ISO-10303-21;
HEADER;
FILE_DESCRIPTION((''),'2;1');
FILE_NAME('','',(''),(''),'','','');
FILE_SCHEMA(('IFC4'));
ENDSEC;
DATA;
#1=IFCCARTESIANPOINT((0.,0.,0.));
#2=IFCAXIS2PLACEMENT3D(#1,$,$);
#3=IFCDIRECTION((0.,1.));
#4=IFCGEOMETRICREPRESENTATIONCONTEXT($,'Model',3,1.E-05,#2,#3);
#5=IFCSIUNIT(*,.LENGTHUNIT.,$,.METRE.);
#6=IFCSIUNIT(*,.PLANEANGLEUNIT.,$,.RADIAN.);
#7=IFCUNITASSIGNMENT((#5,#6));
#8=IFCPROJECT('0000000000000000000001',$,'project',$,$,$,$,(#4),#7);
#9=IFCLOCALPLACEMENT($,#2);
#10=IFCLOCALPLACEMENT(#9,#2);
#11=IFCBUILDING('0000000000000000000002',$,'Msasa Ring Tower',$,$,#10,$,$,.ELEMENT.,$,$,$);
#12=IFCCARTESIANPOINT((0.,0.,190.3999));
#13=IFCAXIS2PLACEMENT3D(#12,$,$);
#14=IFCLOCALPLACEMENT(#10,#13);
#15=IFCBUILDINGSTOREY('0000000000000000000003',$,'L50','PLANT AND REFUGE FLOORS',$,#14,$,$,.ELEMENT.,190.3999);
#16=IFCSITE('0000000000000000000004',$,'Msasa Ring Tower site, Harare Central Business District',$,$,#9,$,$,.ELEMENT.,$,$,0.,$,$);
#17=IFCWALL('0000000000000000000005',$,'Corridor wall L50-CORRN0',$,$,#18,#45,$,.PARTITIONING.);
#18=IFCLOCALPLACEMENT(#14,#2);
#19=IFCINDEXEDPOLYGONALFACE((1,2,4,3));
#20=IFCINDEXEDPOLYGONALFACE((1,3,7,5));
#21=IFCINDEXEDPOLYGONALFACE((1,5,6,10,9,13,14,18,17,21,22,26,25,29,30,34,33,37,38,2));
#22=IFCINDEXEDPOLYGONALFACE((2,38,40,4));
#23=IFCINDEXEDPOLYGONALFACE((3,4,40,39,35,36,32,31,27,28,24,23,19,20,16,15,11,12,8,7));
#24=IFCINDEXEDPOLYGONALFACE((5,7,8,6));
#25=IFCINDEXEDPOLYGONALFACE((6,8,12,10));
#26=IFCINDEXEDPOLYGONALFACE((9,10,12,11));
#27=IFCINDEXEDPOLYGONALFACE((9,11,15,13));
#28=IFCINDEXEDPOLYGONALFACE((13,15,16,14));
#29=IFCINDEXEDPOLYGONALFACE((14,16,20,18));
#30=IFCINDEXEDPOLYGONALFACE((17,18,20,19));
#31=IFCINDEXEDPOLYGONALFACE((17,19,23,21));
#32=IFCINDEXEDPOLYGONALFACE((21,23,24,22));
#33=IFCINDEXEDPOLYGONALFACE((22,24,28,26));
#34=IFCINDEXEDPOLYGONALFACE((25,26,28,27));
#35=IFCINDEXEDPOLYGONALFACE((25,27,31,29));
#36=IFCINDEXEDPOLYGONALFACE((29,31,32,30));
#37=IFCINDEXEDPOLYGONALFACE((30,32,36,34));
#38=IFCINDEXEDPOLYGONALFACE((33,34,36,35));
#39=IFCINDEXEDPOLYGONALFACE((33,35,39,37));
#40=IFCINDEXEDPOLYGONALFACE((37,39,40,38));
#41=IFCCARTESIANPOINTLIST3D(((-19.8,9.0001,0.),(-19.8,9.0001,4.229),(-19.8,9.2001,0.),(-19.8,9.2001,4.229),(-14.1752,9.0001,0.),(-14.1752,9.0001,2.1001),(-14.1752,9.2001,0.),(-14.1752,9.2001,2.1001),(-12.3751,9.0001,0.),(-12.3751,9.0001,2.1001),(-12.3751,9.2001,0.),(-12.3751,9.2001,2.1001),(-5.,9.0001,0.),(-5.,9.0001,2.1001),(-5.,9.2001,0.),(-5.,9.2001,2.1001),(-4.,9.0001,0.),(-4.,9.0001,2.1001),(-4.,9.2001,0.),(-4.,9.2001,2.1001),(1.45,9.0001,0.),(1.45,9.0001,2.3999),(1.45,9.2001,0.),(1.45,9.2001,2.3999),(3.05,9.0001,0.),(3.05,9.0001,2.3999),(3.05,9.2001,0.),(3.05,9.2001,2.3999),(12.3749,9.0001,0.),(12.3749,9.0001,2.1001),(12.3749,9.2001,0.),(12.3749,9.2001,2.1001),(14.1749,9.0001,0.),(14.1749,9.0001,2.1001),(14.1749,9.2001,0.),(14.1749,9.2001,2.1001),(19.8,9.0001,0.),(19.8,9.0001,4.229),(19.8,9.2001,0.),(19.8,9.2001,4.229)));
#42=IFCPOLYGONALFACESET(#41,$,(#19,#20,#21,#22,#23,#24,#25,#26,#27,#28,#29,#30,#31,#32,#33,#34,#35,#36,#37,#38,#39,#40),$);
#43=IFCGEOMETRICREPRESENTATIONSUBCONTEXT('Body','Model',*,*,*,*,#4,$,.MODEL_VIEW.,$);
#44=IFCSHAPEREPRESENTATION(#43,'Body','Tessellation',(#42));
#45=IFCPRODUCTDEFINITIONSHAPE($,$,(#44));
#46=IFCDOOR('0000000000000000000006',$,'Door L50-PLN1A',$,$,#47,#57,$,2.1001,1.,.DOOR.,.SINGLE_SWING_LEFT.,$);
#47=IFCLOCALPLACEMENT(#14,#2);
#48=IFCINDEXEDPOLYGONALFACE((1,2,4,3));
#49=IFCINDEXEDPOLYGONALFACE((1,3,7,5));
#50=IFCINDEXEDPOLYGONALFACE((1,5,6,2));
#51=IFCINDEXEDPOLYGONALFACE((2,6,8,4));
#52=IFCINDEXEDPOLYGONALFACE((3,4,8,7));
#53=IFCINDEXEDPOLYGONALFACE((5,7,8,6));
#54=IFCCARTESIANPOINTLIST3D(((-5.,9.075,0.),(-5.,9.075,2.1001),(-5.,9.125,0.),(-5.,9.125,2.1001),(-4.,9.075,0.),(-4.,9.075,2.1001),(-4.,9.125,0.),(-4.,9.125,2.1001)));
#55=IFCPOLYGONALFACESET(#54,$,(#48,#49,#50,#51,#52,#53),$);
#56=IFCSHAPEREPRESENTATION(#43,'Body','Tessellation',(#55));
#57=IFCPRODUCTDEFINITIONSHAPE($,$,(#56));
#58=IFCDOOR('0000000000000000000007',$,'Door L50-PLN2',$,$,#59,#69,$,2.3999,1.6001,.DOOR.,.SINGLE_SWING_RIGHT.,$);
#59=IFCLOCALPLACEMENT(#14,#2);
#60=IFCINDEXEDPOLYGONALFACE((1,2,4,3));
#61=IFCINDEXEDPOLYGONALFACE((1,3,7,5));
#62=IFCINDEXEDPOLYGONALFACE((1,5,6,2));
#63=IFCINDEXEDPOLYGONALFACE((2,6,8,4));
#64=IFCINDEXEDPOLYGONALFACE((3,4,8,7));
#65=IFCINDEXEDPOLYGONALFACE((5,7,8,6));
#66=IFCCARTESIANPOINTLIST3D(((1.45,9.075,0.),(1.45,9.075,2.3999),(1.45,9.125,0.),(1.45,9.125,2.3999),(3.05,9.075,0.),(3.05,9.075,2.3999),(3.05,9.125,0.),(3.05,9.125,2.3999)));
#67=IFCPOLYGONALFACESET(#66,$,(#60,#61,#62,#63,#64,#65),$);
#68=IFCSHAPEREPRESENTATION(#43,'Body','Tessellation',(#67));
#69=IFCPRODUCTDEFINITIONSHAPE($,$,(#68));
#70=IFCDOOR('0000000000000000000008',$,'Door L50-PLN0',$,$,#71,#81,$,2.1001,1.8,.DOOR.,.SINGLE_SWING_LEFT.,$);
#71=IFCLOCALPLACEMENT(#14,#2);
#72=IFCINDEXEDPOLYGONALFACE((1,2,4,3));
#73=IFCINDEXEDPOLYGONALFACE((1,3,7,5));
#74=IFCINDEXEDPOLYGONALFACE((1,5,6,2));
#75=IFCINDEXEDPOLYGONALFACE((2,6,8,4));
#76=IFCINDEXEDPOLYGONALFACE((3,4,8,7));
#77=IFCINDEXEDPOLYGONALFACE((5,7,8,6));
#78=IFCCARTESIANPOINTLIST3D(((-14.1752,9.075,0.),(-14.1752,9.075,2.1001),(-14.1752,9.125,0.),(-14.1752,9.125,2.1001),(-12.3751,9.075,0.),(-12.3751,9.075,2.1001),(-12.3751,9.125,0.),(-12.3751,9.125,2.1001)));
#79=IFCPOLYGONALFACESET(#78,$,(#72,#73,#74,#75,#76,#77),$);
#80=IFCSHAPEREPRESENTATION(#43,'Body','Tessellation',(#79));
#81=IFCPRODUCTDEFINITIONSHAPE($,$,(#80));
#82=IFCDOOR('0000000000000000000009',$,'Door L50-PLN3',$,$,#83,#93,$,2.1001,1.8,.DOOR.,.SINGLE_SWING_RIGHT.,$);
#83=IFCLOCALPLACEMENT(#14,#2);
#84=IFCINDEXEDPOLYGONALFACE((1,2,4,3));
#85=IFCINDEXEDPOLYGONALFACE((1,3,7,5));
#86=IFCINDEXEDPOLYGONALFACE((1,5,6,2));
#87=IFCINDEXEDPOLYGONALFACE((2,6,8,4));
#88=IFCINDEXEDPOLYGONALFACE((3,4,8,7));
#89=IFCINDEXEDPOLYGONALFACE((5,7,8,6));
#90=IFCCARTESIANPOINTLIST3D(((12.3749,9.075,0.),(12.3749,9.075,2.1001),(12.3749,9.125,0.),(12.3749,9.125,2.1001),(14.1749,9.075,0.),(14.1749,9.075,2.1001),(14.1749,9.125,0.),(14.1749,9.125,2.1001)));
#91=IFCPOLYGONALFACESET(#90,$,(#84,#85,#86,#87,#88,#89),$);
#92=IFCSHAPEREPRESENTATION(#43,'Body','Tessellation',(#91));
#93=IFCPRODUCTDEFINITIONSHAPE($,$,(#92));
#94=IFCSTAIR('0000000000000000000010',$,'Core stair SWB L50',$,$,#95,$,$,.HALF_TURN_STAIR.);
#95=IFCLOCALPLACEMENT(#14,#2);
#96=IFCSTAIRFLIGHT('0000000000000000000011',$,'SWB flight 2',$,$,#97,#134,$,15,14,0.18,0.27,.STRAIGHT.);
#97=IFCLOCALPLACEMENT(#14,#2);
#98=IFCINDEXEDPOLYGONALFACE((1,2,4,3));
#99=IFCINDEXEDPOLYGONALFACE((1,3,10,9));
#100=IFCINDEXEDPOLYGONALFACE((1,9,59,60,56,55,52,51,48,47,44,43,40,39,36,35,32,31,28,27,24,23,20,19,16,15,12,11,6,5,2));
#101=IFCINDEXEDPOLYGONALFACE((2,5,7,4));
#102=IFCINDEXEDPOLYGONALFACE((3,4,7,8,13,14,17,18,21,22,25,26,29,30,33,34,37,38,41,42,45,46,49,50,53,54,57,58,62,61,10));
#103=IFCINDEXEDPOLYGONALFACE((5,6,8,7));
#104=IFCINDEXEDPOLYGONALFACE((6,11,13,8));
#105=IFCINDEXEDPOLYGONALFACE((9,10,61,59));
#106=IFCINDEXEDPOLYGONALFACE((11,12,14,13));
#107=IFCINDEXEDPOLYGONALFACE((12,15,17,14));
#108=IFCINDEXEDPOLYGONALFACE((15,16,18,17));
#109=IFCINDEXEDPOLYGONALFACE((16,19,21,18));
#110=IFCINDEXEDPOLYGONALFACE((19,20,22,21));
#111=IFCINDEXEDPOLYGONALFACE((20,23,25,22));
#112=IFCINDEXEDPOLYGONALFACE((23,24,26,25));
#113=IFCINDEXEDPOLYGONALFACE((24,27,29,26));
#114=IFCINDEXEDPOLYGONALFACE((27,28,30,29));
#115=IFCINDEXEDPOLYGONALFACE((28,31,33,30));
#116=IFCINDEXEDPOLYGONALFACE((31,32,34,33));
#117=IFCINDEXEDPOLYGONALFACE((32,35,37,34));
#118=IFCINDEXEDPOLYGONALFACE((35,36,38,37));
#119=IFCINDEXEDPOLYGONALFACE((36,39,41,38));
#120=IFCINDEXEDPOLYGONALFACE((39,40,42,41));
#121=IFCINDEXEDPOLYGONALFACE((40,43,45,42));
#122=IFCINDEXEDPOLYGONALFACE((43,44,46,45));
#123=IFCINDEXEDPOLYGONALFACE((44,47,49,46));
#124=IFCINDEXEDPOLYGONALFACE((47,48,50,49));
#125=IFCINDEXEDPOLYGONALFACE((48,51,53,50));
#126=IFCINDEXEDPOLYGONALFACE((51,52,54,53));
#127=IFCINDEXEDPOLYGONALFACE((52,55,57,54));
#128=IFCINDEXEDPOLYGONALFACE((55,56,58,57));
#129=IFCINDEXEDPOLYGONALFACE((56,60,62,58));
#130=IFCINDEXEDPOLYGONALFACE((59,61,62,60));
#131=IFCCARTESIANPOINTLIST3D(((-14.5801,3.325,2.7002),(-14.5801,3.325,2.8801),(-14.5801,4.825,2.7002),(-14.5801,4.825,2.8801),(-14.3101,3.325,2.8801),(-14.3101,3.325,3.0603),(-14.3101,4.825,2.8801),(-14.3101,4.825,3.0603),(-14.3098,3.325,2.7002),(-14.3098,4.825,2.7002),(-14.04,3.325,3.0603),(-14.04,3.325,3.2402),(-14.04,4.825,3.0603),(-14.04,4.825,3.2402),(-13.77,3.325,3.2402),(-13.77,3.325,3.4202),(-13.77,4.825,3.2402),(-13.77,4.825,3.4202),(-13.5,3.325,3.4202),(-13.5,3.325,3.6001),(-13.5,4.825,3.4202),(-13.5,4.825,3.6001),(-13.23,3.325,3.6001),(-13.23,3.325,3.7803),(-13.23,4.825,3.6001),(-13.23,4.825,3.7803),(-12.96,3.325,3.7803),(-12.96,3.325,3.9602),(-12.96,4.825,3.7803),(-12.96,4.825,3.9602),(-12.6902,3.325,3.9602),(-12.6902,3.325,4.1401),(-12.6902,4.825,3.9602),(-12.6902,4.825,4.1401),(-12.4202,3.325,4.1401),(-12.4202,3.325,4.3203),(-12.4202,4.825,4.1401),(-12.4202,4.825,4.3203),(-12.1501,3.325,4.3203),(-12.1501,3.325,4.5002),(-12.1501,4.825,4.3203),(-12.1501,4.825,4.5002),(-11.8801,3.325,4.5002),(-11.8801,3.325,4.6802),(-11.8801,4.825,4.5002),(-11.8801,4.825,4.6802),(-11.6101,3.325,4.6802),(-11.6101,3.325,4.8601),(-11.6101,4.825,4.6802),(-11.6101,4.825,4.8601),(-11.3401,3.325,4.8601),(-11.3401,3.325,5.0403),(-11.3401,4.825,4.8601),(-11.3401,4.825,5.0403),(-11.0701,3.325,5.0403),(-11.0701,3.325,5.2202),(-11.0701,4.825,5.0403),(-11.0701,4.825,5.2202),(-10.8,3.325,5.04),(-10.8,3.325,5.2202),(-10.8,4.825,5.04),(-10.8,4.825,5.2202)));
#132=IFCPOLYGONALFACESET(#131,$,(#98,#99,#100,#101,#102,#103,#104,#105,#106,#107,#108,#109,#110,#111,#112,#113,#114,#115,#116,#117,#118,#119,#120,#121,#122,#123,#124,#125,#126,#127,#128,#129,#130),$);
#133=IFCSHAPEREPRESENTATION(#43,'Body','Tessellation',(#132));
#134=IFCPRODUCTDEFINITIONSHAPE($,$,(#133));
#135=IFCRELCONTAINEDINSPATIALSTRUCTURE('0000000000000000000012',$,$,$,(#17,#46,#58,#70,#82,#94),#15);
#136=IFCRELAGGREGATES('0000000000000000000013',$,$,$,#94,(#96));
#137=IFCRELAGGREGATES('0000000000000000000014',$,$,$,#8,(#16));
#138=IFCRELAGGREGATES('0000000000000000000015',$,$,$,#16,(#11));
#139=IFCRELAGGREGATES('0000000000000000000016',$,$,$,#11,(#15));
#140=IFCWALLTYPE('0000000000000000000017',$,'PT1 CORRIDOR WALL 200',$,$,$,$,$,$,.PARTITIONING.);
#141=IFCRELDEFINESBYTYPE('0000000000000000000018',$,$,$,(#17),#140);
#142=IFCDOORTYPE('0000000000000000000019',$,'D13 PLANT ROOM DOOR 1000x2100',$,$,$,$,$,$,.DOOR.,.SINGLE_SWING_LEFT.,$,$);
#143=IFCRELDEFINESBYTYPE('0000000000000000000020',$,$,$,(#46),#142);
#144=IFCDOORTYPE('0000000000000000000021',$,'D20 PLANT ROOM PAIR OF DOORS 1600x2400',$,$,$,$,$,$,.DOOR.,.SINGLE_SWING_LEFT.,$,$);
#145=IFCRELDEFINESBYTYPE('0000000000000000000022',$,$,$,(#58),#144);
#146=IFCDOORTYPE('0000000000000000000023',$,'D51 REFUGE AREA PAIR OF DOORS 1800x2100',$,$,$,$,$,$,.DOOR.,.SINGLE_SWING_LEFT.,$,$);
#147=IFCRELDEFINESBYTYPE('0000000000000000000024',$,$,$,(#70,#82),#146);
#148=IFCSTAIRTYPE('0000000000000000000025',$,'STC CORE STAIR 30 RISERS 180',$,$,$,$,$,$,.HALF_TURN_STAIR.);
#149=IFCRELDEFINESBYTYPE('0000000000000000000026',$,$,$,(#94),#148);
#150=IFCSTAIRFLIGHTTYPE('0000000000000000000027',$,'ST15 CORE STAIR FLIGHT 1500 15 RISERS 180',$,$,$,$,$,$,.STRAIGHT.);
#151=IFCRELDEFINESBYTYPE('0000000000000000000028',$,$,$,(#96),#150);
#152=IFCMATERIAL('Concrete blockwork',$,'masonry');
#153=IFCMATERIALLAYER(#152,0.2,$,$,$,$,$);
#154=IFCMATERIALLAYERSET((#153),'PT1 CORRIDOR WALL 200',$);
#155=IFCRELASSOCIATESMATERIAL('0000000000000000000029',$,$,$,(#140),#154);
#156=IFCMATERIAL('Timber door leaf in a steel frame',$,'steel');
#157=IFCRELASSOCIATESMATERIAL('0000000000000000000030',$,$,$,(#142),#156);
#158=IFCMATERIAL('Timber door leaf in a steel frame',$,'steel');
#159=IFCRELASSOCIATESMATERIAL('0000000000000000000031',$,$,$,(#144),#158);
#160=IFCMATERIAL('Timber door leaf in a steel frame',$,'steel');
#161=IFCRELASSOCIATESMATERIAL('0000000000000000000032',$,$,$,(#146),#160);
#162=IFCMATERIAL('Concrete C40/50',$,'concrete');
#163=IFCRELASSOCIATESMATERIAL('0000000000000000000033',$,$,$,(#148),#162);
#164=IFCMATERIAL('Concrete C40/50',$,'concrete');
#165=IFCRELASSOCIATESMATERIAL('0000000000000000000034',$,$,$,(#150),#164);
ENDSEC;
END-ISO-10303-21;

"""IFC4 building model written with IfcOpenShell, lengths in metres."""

from ifc_helpers import new_model, si_unit, direction, frame, frame_2d, origin, place, context, subcontext, project, spatial, polyline, rectangle, outline, extrude, material, layer, layer_set, type_object, element, fill, aggregate, save


model = new_model("IFC4")

# Units and contexts
model_context = context("Model", 3, precision=1e-05, world=origin(), true_north=direction((0.0, 1.0)))
body_context = subcontext(model_context, "Body", "Model", "MODEL_VIEW")
ifc_project = project(units=[si_unit("LENGTHUNIT", "METRE"), si_unit("PLANEANGLEUNIT", "RADIAN")], contexts=[model_context])

# Site, building, storey
site_placement = place(None, origin())
site = spatial("IfcSite", under=ifc_project, at=site_placement, Name="Msasa Ring Tower site, Harare Central Business District", CompositionType="ELEMENT", RefElevation=0.0)
building_placement = place(site_placement, origin())
building = spatial("IfcBuilding", under=site, at=building_placement, Name="Msasa Ring Tower", CompositionType="ELEMENT")
storey_placement = place(building_placement, frame((0.0, 0.0, 190.3999)))
storey = spatial("IfcBuildingStorey", under=building, at=storey_placement, Name="L50", Description="PLANT AND REFUGE FLOORS", CompositionType="ELEMENT", Elevation=190.3999)

# Wall, openings, doors
ifc_material_1 = material(Name="Concrete blockwork", Category="masonry")
ifc_layer_1 = layer(ifc_material_1, 0.2)
ifc_layer_set_1 = layer_set([ifc_layer_1], Name="PT1 CORRIDOR WALL 200")
wall_type_1 = type_object("IfcWallType", Name="PT1 CORRIDOR WALL 200", PredefinedType="PARTITIONING", material=ifc_layer_set_1)
wall_1_placement = place(storey_placement, frame((-19.8, 9.1001, 0.0), z_axis=(0.0, 0.0, 1.0), x_axis=(1.0, 0.0, 0.0)))
wall_1 = element("IfcWall", 1, at=wall_1_placement, inside=storey, type_object=wall_type_1, Name="Corridor wall L50-CORRN0", PredefinedType="PARTITIONING", context=body_context, shape_type="SweptSolid", body=[
    extrude(rectangle(XDim=39.6001, YDim=0.2, at=frame_2d((19.8, 0.0))), origin(), (0.0, 0.0, 1.0), 4.229),
])
opening_1_placement = place(wall_1_placement, frame((5.625, 0.0, 0.0)))
opening_1 = element("IfcOpeningElement", 2, at=opening_1_placement, cuts=wall_1, PredefinedType="OPENING", context=body_context, shape_type="SweptSolid", body=[
    extrude(rectangle(XDim=1.8, YDim=2.1001, at=frame_2d((0.8999, 1.05))), frame((0.0, 0.1099, 0.0), z_axis=(0.0, -1.0, 0.0), x_axis=(1.0, 0.0, 0.0)), (0.0, 0.0, 1.0), 0.22),
])
opening_2_placement = place(wall_1_placement, frame((14.8, 0.0, 0.0)))
opening_2 = element("IfcOpeningElement", 3, at=opening_2_placement, cuts=wall_1, PredefinedType="OPENING", context=body_context, shape_type="SweptSolid", body=[
    extrude(rectangle(XDim=1.0, YDim=2.1001, at=frame_2d((0.5, 1.05))), frame((0.0, 0.1099, 0.0), z_axis=(0.0, -1.0, 0.0), x_axis=(1.0, 0.0, 0.0)), (0.0, 0.0, 1.0), 0.22),
])
opening_3_placement = place(wall_1_placement, frame((21.25, 0.0, 0.0)))
opening_3 = element("IfcOpeningElement", 4, at=opening_3_placement, cuts=wall_1, PredefinedType="OPENING", context=body_context, shape_type="SweptSolid", body=[
    extrude(rectangle(XDim=1.6001, YDim=2.3999, at=frame_2d((0.8, 1.2))), frame((0.0, 0.1099, 0.0), z_axis=(0.0, -1.0, 0.0), x_axis=(1.0, 0.0, 0.0)), (0.0, 0.0, 1.0), 0.22),
])
opening_4_placement = place(wall_1_placement, frame((32.175, 0.0, 0.0)))
opening_4 = element("IfcOpeningElement", 5, at=opening_4_placement, cuts=wall_1, PredefinedType="OPENING", context=body_context, shape_type="SweptSolid", body=[
    extrude(rectangle(XDim=1.8, YDim=2.1001, at=frame_2d((0.8999, 1.05))), frame((0.0, 0.1099, 0.0), z_axis=(0.0, -1.0, 0.0), x_axis=(1.0, 0.0, 0.0)), (0.0, 0.0, 1.0), 0.22),
])
ifc_material_2 = material(Name="Timber door leaf in a steel frame", Category="steel")
door_type_1 = type_object("IfcDoorType", Name="D13 PLANT ROOM DOOR 1000x2100", OperationType="SINGLE_SWING_LEFT", PredefinedType="DOOR", material=ifc_material_2)
door_1_placement = place(opening_2_placement, origin())
door_1 = element("IfcDoor", 6, at=door_1_placement, inside=storey, type_object=door_type_1, Name="Door L50-PLN1A", OperationType="SINGLE_SWING_LEFT", OverallHeight=2.1001, OverallWidth=1.0, PredefinedType="DOOR", context=body_context, shape_type="SweptSolid", body=[
    extrude(rectangle(XDim=1.0, YDim=2.1001, at=frame_2d((0.5, 1.05))), frame((0.0, 0.0249, 0.0), z_axis=(0.0, -1.0, 0.0), x_axis=(1.0, 0.0, 0.0)), (0.0, 0.0, 1.0), 0.05),
])
fill(opening_2, door_1)
ifc_material_3 = material(Name="Timber door leaf in a steel frame", Category="steel")
door_type_2 = type_object("IfcDoorType", Name="D20 PLANT ROOM PAIR OF DOORS 1600x2400", OperationType="SINGLE_SWING_LEFT", PredefinedType="DOOR", material=ifc_material_3)
door_2_placement = place(opening_3_placement, origin())
door_2 = element("IfcDoor", 7, at=door_2_placement, inside=storey, type_object=door_type_2, Name="Door L50-PLN2", OperationType="SINGLE_SWING_RIGHT", OverallHeight=2.3999, OverallWidth=1.6001, PredefinedType="DOOR", context=body_context, shape_type="SweptSolid", body=[
    extrude(rectangle(XDim=1.6001, YDim=2.3999, at=frame_2d((0.8, 1.2))), frame((0.0, 0.0249, 0.0), z_axis=(0.0, -1.0, 0.0), x_axis=(1.0, 0.0, 0.0)), (0.0, 0.0, 1.0), 0.05),
])
fill(opening_3, door_2)
ifc_material_4 = material(Name="Timber door leaf in a steel frame", Category="steel")
door_type_3 = type_object("IfcDoorType", Name="D51 REFUGE AREA PAIR OF DOORS 1800x2100", OperationType="SINGLE_SWING_LEFT", PredefinedType="DOOR", material=ifc_material_4)
door_3_placement = place(opening_1_placement, origin())
door_3 = element("IfcDoor", 8, at=door_3_placement, inside=storey, type_object=door_type_3, Name="Door L50-PLN0", OperationType="SINGLE_SWING_LEFT", OverallHeight=2.1001, OverallWidth=1.8, PredefinedType="DOOR", context=body_context, shape_type="SweptSolid", body=[
    extrude(rectangle(XDim=1.8, YDim=2.1001, at=frame_2d((0.8999, 1.05))), frame((0.0, 0.0249, 0.0), z_axis=(0.0, -1.0, 0.0), x_axis=(1.0, 0.0, 0.0)), (0.0, 0.0, 1.0), 0.05),
])
fill(opening_1, door_3)
door_4_placement = place(opening_4_placement, origin())
door_4 = element("IfcDoor", 9, at=door_4_placement, inside=storey, type_object=door_type_3, Name="Door L50-PLN3", OperationType="SINGLE_SWING_RIGHT", OverallHeight=2.1001, OverallWidth=1.8, PredefinedType="DOOR", context=body_context, shape_type="SweptSolid", body=[
    extrude(rectangle(XDim=1.8, YDim=2.1001, at=frame_2d((0.8999, 1.05))), frame((0.0, 0.0249, 0.0), z_axis=(0.0, -1.0, 0.0), x_axis=(1.0, 0.0, 0.0)), (0.0, 0.0, 1.0), 0.05),
])
fill(opening_4, door_4)

# Stair, stair flight
ifc_material_5 = material(Name="Concrete C40/50", Category="concrete")
stair_type = type_object("IfcStairType", Name="STC CORE STAIR 30 RISERS 180", PredefinedType="HALF_TURN_STAIR", material=ifc_material_5)
stair_placement = place(storey_placement, origin())
stair = element("IfcStair", 10, at=stair_placement, inside=storey, type_object=stair_type, Name="Core stair SWB L50", PredefinedType="HALF_TURN_STAIR")
ifc_material_6 = material(Name="Concrete C40/50", Category="concrete")
stair_flight_type = type_object("IfcStairFlightType", Name="ST15 CORE STAIR FLIGHT 1500 15 RISERS 180", PredefinedType="STRAIGHT", material=ifc_material_6)
stair_flight_placement = place(storey_placement, frame((-14.5801, 4.075, 2.7002), z_axis=(0.0, 0.0, 1.0), x_axis=(1.0, 0.0, 0.0)))
stair_flight = element("IfcStairFlight", 11, at=stair_flight_placement, type_object=stair_flight_type, Name="SWB flight 2", NumberOfRisers=15, NumberOfTreads=14, PredefinedType="STRAIGHT", RiserHeight=0.18, TreadLength=0.27, context=body_context, shape_type="SweptSolid", body=[
    extrude(outline(polyline([(0.0, 0.0), (0.0, 0.1799), (0.27, 0.1799), (0.27, 0.3601), (0.54, 0.3601), (0.54, 0.54), (0.8101, 0.54), (0.8101, 0.72), (1.0801, 0.72), (1.0801, 0.8999), (1.3501, 0.8999), (1.3501, 1.0801), (1.6201, 1.0801), (1.6201, 1.26), (1.8899, 1.26), (1.8899, 1.4399), (2.1599, 1.4399), (2.1599, 1.6201), (2.4299, 1.6201), (2.4299, 1.8), (2.7, 1.8), (2.7, 1.98), (2.97, 1.98), (2.97, 2.1599), (3.24, 2.1599), (3.24, 2.3401), (3.51, 2.3401), (3.51, 2.52), (3.78, 2.52), (3.78, 2.7), (3.78, 2.3398), (0.2703, 0.0), (0.0, 0.0)])), frame((0.0, 0.75, 0.0), z_axis=(0.0, -1.0, 0.0), x_axis=(1.0, 0.0, 0.0)), (0.0, 0.0, 1.0), 1.5),
])
aggregate(stair, [stair_flight])

save(model, "model.ifc")
